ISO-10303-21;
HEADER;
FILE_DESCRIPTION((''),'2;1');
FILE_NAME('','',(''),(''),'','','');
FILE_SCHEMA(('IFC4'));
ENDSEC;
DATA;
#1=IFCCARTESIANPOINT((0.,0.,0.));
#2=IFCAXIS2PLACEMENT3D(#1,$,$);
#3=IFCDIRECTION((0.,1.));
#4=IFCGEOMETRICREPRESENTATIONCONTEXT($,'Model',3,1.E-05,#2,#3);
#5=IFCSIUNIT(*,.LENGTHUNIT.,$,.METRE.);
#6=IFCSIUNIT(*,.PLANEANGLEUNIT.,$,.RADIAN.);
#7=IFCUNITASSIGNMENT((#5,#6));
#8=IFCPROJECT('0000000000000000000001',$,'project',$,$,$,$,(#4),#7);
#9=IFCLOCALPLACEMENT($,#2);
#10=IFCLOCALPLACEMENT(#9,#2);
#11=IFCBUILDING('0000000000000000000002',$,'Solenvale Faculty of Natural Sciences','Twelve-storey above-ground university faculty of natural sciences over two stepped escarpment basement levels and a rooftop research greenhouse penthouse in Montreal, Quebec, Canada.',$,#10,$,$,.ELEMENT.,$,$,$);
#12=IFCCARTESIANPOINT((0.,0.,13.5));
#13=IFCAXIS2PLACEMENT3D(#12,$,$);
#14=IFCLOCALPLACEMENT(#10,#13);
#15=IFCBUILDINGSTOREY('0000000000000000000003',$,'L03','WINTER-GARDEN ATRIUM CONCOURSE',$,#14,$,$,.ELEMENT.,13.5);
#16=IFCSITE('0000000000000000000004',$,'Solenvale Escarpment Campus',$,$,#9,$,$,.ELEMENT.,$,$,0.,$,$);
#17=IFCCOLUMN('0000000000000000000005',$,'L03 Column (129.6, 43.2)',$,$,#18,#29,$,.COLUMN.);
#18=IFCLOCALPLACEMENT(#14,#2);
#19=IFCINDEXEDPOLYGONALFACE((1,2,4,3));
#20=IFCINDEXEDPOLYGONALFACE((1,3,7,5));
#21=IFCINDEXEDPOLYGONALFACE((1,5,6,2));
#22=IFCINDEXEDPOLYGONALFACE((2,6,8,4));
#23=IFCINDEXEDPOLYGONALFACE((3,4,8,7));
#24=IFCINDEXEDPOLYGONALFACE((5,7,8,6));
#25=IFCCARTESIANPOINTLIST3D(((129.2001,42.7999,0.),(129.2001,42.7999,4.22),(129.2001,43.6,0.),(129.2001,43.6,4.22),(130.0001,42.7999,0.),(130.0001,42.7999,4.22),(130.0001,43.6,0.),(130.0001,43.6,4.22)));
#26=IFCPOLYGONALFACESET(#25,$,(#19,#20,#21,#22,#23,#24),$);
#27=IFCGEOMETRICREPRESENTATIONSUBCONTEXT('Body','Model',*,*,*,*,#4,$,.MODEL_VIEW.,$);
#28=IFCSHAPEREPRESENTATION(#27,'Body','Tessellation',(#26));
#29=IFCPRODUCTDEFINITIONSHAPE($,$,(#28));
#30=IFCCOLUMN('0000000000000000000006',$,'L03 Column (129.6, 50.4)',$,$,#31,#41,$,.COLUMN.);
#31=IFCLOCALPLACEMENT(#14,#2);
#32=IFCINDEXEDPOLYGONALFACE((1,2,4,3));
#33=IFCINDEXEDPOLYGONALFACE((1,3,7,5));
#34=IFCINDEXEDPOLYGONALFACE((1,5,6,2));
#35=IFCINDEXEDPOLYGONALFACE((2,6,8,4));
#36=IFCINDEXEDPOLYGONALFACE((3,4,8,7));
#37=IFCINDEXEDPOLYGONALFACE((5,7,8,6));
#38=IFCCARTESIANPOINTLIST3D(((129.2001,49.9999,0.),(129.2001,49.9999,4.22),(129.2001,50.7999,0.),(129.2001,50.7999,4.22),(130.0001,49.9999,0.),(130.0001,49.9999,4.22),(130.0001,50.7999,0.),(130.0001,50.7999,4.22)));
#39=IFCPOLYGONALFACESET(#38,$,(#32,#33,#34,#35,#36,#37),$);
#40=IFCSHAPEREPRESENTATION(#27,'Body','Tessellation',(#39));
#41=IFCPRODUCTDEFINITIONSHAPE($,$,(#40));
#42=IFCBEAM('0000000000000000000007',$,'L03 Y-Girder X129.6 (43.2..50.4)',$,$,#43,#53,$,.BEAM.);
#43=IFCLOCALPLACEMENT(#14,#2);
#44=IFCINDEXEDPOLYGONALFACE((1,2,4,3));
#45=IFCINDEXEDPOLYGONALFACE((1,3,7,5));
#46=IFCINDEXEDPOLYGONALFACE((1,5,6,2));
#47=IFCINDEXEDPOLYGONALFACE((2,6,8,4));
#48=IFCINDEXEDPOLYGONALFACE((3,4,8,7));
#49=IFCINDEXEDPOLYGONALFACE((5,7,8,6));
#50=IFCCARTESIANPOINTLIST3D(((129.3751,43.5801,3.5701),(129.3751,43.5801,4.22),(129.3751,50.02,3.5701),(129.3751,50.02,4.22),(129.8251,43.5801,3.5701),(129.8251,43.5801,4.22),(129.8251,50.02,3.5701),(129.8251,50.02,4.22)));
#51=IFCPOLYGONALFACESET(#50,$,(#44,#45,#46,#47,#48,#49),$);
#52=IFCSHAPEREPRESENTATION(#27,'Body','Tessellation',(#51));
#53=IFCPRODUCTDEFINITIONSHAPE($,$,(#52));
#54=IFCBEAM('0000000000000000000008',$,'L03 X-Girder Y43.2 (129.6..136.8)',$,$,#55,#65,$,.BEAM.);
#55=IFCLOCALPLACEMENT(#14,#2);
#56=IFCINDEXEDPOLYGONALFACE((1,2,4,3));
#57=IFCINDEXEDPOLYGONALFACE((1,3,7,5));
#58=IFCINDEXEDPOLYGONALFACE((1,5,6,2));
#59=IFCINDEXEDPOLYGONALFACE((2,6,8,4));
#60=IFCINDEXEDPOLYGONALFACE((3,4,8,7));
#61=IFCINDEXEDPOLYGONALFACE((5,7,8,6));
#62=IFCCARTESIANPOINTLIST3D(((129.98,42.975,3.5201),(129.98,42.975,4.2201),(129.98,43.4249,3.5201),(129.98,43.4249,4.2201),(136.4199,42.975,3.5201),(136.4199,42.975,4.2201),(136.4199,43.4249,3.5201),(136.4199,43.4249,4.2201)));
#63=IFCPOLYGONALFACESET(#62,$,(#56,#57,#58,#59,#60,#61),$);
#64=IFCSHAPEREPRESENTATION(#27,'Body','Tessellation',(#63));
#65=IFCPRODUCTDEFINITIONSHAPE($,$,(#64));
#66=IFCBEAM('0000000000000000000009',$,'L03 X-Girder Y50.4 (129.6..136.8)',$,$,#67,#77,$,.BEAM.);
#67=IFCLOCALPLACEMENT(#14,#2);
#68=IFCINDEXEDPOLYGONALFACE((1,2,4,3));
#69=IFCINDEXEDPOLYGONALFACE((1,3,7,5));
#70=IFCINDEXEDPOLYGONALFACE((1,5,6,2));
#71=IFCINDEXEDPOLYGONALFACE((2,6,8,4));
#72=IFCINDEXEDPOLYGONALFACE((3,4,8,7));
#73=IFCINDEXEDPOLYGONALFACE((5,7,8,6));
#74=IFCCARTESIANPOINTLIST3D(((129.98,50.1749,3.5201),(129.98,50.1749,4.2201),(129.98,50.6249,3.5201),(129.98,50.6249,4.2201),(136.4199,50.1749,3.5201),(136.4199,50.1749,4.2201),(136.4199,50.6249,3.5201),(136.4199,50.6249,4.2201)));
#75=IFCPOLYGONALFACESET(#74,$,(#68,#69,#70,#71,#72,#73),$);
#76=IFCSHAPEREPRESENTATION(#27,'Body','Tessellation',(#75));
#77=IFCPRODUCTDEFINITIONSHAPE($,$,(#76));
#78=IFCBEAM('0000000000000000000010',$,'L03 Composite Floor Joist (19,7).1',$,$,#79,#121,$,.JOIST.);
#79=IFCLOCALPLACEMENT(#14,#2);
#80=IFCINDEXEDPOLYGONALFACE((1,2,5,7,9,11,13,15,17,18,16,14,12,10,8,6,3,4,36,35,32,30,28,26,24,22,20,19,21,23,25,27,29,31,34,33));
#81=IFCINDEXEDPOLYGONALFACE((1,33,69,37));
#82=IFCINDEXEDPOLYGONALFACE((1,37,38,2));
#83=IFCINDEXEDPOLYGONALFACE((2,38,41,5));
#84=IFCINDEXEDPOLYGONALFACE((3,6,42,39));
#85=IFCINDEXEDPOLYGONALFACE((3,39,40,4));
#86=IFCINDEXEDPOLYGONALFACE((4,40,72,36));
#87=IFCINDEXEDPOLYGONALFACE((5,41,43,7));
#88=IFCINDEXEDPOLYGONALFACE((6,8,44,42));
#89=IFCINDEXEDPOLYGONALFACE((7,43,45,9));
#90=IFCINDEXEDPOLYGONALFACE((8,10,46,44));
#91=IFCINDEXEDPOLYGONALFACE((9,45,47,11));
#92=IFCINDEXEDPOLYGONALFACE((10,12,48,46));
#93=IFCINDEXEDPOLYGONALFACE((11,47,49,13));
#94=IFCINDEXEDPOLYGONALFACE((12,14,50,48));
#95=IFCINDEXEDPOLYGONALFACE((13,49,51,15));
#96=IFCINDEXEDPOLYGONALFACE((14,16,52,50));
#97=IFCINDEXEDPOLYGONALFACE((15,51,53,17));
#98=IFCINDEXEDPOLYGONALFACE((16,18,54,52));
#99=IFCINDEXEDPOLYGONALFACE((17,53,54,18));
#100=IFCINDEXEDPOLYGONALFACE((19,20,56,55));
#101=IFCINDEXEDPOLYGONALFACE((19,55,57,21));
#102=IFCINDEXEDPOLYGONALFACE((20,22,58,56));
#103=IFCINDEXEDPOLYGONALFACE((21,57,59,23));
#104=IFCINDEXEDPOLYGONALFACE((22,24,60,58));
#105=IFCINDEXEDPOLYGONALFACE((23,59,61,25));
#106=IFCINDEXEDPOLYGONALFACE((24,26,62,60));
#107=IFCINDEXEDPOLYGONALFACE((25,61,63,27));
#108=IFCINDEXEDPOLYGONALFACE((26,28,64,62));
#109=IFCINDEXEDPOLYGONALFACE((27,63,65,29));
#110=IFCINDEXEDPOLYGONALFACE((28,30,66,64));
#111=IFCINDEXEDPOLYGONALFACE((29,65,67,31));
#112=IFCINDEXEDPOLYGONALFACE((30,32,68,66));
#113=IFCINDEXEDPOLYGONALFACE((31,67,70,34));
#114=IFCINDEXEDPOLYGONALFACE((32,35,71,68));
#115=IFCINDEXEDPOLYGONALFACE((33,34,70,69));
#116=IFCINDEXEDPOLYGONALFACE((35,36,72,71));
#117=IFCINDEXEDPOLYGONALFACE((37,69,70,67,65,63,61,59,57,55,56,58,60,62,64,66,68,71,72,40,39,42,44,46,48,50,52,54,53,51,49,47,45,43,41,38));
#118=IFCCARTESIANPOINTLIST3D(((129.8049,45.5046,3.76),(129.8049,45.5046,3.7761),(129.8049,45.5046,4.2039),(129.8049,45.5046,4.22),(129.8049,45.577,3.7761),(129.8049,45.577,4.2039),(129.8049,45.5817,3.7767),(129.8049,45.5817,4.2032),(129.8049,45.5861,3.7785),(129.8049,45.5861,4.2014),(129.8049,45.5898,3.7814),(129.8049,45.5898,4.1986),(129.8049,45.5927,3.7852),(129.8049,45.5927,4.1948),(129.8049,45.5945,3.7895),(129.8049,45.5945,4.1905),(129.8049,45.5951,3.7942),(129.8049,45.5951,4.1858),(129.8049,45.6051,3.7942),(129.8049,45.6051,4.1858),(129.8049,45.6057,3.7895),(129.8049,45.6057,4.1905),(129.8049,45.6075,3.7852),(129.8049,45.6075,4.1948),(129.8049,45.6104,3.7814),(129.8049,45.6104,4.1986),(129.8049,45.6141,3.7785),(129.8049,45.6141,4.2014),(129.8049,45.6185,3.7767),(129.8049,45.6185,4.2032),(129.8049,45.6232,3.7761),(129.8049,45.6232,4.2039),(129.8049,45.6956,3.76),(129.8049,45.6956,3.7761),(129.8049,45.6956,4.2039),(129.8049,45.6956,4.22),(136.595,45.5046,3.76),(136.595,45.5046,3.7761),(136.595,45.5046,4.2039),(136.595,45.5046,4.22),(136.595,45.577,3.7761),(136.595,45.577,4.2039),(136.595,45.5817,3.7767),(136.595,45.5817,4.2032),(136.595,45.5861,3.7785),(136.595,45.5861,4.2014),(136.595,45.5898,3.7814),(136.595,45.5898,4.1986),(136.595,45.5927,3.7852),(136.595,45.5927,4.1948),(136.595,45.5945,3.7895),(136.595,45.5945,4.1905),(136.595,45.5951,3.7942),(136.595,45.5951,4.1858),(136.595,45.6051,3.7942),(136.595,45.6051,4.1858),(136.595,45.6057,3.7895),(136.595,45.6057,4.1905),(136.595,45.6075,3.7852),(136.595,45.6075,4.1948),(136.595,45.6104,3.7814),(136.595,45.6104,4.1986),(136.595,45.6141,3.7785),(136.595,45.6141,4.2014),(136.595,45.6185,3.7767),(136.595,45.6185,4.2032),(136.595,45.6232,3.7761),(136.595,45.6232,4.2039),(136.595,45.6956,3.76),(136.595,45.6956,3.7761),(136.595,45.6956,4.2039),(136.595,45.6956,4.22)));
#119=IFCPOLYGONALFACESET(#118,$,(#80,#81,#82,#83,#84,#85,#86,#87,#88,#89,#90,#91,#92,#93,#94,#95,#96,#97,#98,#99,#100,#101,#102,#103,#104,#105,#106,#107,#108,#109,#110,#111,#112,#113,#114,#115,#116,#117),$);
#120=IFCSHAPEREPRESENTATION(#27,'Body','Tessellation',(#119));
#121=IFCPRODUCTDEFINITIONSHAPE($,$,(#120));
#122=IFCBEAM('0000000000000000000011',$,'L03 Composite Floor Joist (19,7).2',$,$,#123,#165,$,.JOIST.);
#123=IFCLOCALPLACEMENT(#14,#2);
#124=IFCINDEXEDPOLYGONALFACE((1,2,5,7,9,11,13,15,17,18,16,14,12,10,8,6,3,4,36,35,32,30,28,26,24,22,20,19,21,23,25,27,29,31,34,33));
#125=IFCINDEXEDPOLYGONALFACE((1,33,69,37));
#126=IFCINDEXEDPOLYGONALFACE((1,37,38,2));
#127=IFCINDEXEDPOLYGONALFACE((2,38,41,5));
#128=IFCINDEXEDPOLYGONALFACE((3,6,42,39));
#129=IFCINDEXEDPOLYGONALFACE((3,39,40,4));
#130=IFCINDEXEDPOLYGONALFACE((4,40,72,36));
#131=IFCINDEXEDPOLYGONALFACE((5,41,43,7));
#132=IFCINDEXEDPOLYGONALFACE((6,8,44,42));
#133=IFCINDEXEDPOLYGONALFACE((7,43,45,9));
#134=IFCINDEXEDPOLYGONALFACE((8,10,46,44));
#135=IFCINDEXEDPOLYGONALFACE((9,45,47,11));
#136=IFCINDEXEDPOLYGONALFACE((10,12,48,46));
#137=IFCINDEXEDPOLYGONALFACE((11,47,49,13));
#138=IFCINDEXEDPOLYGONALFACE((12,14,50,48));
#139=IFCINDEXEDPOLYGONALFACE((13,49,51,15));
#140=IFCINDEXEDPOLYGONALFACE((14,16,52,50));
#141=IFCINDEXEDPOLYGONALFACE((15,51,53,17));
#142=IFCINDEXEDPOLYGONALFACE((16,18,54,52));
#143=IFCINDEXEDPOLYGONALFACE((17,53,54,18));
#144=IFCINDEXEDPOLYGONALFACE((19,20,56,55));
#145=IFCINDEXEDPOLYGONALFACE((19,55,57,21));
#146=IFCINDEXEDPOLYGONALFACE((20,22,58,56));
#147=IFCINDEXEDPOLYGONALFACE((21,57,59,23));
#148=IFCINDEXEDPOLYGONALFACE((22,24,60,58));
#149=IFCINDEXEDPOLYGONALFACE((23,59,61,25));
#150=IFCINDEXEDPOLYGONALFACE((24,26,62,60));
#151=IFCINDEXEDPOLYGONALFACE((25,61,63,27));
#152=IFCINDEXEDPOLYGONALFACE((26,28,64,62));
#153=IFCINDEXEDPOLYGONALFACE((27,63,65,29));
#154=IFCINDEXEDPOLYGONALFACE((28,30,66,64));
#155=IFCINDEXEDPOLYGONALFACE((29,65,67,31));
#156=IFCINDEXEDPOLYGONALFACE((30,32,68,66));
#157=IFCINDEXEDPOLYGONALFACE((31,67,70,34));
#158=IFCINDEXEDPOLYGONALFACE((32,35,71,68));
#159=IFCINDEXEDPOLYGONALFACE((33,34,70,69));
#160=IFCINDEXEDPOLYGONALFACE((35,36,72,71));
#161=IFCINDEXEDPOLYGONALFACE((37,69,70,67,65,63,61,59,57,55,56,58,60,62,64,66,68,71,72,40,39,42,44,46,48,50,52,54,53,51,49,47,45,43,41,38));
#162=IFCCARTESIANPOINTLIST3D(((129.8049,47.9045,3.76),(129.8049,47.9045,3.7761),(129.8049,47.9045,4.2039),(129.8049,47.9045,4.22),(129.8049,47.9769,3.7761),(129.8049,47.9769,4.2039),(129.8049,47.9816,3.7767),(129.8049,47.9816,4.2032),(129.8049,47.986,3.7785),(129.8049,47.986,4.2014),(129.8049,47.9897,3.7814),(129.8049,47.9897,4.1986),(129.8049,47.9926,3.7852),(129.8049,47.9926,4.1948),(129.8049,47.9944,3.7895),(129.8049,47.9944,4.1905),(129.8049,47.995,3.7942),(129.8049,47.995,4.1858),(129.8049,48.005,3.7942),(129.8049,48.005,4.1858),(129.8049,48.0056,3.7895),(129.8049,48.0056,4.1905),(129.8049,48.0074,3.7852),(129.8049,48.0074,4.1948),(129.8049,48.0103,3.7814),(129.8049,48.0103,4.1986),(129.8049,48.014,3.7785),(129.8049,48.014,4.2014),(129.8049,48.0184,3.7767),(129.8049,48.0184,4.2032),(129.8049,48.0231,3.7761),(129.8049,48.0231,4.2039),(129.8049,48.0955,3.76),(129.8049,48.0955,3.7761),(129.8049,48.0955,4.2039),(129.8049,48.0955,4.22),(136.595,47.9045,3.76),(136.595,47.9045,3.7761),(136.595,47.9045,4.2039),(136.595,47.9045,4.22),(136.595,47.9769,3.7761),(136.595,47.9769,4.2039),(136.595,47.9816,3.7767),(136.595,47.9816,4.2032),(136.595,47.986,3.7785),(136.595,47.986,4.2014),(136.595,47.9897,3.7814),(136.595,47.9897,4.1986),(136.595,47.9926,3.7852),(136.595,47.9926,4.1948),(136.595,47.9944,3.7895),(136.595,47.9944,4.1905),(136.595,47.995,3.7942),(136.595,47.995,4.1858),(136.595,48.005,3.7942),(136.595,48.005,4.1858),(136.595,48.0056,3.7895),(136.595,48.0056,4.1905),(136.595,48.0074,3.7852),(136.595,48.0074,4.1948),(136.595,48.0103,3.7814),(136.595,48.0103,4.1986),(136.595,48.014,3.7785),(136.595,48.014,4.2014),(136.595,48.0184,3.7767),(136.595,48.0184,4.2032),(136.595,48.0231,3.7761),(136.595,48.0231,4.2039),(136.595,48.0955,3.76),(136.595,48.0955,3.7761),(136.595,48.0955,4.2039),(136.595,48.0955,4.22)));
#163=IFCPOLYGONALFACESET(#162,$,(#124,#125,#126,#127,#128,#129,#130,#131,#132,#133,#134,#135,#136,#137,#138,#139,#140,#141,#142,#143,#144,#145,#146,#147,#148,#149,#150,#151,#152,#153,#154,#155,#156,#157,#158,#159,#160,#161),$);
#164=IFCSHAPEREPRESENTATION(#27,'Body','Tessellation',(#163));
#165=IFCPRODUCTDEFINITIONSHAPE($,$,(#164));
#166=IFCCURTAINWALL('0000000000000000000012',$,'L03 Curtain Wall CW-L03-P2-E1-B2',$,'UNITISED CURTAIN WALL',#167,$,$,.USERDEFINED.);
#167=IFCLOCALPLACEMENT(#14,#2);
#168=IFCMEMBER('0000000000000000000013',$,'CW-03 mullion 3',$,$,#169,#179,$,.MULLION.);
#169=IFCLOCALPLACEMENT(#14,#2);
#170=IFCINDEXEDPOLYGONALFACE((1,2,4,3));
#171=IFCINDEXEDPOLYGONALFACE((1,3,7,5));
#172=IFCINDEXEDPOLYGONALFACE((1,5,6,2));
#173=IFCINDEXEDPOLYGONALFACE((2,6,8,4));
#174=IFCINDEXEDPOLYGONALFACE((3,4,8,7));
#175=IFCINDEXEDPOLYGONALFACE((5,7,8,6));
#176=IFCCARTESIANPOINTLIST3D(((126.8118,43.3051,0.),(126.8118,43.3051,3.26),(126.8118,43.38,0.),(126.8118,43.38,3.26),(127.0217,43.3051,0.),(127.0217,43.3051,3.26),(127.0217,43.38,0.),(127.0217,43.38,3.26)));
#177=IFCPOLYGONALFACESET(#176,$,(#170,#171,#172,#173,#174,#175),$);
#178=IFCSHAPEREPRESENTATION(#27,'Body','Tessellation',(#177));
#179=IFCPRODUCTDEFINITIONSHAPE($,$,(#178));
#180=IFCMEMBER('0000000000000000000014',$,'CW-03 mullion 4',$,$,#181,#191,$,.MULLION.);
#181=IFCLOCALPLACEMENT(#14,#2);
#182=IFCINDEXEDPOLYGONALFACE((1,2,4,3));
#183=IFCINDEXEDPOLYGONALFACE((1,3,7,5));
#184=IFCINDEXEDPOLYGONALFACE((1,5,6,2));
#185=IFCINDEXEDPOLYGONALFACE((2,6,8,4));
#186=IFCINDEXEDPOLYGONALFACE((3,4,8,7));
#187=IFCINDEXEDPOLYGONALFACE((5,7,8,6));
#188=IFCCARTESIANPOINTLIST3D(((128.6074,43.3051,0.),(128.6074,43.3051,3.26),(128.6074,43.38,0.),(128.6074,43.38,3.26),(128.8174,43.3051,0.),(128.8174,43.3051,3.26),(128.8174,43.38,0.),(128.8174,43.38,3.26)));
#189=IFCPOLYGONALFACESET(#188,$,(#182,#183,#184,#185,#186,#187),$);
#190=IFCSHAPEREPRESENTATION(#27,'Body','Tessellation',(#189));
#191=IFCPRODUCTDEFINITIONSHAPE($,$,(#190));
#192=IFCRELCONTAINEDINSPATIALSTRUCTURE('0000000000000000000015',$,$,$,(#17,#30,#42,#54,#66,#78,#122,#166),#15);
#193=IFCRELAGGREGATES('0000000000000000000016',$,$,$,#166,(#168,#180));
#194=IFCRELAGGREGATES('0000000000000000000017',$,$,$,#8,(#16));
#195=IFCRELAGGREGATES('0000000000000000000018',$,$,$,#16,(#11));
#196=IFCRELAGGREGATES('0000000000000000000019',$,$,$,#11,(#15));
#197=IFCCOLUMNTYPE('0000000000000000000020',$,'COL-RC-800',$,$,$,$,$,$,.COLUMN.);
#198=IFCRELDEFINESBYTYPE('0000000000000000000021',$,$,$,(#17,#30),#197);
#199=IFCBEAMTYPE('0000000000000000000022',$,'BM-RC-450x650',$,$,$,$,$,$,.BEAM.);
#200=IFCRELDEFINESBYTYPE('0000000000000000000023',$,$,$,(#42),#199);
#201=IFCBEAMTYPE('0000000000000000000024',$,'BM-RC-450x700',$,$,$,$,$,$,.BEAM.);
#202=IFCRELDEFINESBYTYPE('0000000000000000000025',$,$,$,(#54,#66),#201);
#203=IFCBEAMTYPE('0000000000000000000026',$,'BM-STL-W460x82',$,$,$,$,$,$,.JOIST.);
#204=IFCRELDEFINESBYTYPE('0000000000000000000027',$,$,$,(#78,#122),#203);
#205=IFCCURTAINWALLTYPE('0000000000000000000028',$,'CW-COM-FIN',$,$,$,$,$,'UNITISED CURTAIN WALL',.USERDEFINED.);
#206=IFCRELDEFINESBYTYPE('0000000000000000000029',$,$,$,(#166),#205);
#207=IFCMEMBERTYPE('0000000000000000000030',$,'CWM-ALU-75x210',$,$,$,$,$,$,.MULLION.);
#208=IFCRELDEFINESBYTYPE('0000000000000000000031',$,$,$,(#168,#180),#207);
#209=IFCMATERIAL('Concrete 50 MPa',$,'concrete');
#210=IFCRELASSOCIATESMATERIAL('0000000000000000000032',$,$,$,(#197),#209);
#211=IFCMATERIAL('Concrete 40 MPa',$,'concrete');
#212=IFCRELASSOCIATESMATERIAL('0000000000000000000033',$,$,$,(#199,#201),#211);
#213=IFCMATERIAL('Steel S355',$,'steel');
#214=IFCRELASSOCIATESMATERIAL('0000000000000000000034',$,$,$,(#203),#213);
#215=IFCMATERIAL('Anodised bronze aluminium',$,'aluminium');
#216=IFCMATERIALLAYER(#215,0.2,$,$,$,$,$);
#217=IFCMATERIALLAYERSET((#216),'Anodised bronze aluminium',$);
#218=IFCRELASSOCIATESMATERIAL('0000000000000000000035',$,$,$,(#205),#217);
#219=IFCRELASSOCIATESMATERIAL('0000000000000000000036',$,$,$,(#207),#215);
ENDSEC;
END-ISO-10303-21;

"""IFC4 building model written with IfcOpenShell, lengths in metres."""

from ifc_helpers import new_model, si_unit, direction, frame, origin, origin_2d, place, context, subcontext, project, spatial, rectangle, i_section, extrude, material, layer, layer_set, material_profile, profile_set, type_object, element, aggregate, save


model = new_model("IFC4")

# Units and contexts
model_context = context("Model", 3, precision=1e-05, world=origin(), true_north=direction((0.0, 1.0)))
body_context = subcontext(model_context, "Body", "Model", "MODEL_VIEW")
ifc_project = project(units=[si_unit("LENGTHUNIT", "METRE"), si_unit("PLANEANGLEUNIT", "RADIAN")], contexts=[model_context])

# Site, building, storey
site_placement = place(None, origin())
site = spatial("IfcSite", under=ifc_project, at=site_placement, Name="Solenvale Escarpment Campus", CompositionType="ELEMENT", RefElevation=0.0)
building_placement = place(site_placement, origin())
building = spatial("IfcBuilding", under=site, at=building_placement, Name="Solenvale Faculty of Natural Sciences", Description="Twelve-storey above-ground university faculty of natural sciences over two stepped escarpment basement levels and a rooftop research greenhouse penthouse in Montreal, Quebec, Canada.", CompositionType="ELEMENT")
storey_placement = place(building_placement, frame((0.0, 0.0, 13.5)))
storey = spatial("IfcBuildingStorey", under=building, at=storey_placement, Name="L03", Description="WINTER-GARDEN ATRIUM CONCOURSE", CompositionType="ELEMENT", Elevation=13.5)

# Columns
ifc_material_1 = material(Name="Concrete 50 MPa", Category="concrete")
ifc_material_profile_1 = material_profile(ifc_material_1, rectangle(XDim=0.8, YDim=0.8, at=origin_2d()), Name="RC-COL-800x800")
ifc_profile_set_1 = profile_set([ifc_material_profile_1], Name="Concrete 50 MPa")
column_type = type_object("IfcColumnType", Name="COL-RC-800", PredefinedType="COLUMN", material=ifc_profile_set_1)
for number, where, z_axis, x_axis, name in (
    (1, (129.6001, 43.2, 0.0), (0.0, 0.0, 1.0), (1.0, 0.0, 0.0), "L03 Column (129.6, 43.2)"),
    (2, (129.6001, 50.3999, 0.0), (0.0, 0.0, 1.0), (1.0, 0.0, 0.0), "L03 Column (129.6, 50.4)"),
):
    element("IfcColumn", number, at=place(storey_placement, frame(where, z_axis=z_axis, x_axis=x_axis)), inside=storey, type_object=column_type, Name=name, PredefinedType="COLUMN", context=body_context, shape_type="SweptSolid", body=[
        extrude(rectangle(XDim=0.8, YDim=0.8, at=origin_2d()), origin(), (0.0, 0.0, 1.0), 4.22),
    ])

# Beams
ifc_material_2 = material(Name="Concrete 40 MPa", Category="concrete")
ifc_material_profile_2 = material_profile(ifc_material_2, rectangle(XDim=0.45, YDim=0.6499, at=origin_2d()), Name="RC-BM-450x650")
ifc_profile_set_2 = profile_set([ifc_material_profile_2], Name="Concrete 40 MPa")
beam_type_1 = type_object("IfcBeamType", Name="BM-RC-450x650", PredefinedType="BEAM", material=ifc_profile_set_2)
beam_placement = place(storey_placement, frame((129.6001, 43.5801, 3.895), z_axis=(0.0, 1.0, 0.0), x_axis=(-1.0, 0.0, 0.0)))
element("IfcBeam", 3, at=beam_placement, inside=storey, type_object=beam_type_1, Name="L03 Y-Girder X129.6 (43.2..50.4)", PredefinedType="BEAM", context=body_context, shape_type="SweptSolid", body=[
    extrude(rectangle(XDim=0.45, YDim=0.6499, at=origin_2d()), origin(), (0.0, 0.0, 1.0), 6.4399),
])
ifc_material_profile_3 = material_profile(ifc_material_2, rectangle(XDim=0.45, YDim=0.7, at=origin_2d()), Name="RC-BM-450x700")
ifc_profile_set_3 = profile_set([ifc_material_profile_3], Name="Concrete 40 MPa")
beam_type_2 = type_object("IfcBeamType", Name="BM-RC-450x700", PredefinedType="BEAM", material=ifc_profile_set_3)
for number, where, z_axis, x_axis, name in (
    (4, (129.98, 43.2, 3.8701), (1.0, 0.0, 0.0), (0.0, 1.0, 0.0), "L03 X-Girder Y43.2 (129.6..136.8)"),
    (5, (129.98, 50.3999, 3.8701), (1.0, 0.0, 0.0), (0.0, 1.0, 0.0), "L03 X-Girder Y50.4 (129.6..136.8)"),
):
    element("IfcBeam", number, at=place(storey_placement, frame(where, z_axis=z_axis, x_axis=x_axis)), inside=storey, type_object=beam_type_2, Name=name, PredefinedType="BEAM", context=body_context, shape_type="SweptSolid", body=[
        extrude(rectangle(XDim=0.45, YDim=0.7, at=origin_2d()), origin(), (0.0, 0.0, 1.0), 6.4399),
    ])
ifc_material_3 = material(Name="Steel S355", Category="steel")
ifc_material_profile_4 = material_profile(ifc_material_3, i_section(OverallWidth=0.1909, OverallDepth=0.46, WebThickness=0.01, FlangeThickness=0.0161, FilletRadius=0.0181, at=origin_2d()), Name="W460x82")
ifc_profile_set_4 = profile_set([ifc_material_profile_4], Name="Steel S355")
beam_type_3 = type_object("IfcBeamType", Name="BM-STL-W460x82", PredefinedType="JOIST", material=ifc_profile_set_4)
for number, where, z_axis, x_axis, name in (
    (6, (129.8049, 45.6001, 3.99), (1.0, 0.0, 0.0), (0.0, 1.0, 0.0), "L03 Composite Floor Joist (19,7).1"),
    (7, (129.8049, 48.0, 3.99), (1.0, 0.0, 0.0), (0.0, 1.0, 0.0), "L03 Composite Floor Joist (19,7).2"),
):
    element("IfcBeam", number, at=place(storey_placement, frame(where, z_axis=z_axis, x_axis=x_axis)), inside=storey, type_object=beam_type_3, Name=name, PredefinedType="JOIST", context=body_context, shape_type="SweptSolid", body=[
        extrude(i_section(OverallWidth=0.1909, OverallDepth=0.46, WebThickness=0.01, FlangeThickness=0.0161, FilletRadius=0.0181, at=origin_2d()), origin(), (0.0, 0.0, 1.0), 6.79),
    ])

# Curtain wall, members
ifc_material_4 = material(Name="Anodised bronze aluminium", Category="aluminium")
ifc_layer_1 = layer(ifc_material_4, 0.2)
ifc_layer_set_1 = layer_set([ifc_layer_1], Name="Anodised bronze aluminium")
curtain_wall_type = type_object("IfcCurtainWallType", Name="CW-COM-FIN", ElementType="UNITISED CURTAIN WALL", PredefinedType="USERDEFINED", material=ifc_layer_set_1)
curtain_wall_placement = place(storey_placement, origin())
curtain_wall = element("IfcCurtainWall", 8, at=curtain_wall_placement, inside=storey, type_object=curtain_wall_type, Name="L03 Curtain Wall CW-L03-P2-E1-B2", ObjectType="UNITISED CURTAIN WALL", PredefinedType="USERDEFINED")
ifc_material_profile_5 = material_profile(ifc_material_4, rectangle(XDim=0.075, YDim=0.21, at=origin_2d()), Name="ALU-MUL-75x210")
ifc_profile_set_5 = profile_set([ifc_material_profile_5], Name="Anodised bronze aluminium")
member_type_1 = type_object("IfcMemberType", Name="CWM-ALU-75x210", PredefinedType="MULLION", material=ifc_profile_set_5)
member_1_placement = place(storey_placement, frame((126.9167, 43.3425, 0.0), z_axis=(0.0, 0.0, 1.0), x_axis=(0.0, 1.0, 0.0)))
member_1 = element("IfcMember", 9, at=member_1_placement, type_object=member_type_1, Name="CW-03 mullion 3", PredefinedType="MULLION", context=body_context, shape_type="SweptSolid", body=[
    extrude(rectangle(XDim=0.075, YDim=0.21, at=origin_2d()), origin(), (0.0, 0.0, 1.0), 3.26),
])
member_2_placement = place(storey_placement, frame((128.7124, 43.3425, 0.0), z_axis=(0.0, 0.0, 1.0), x_axis=(0.0, 1.0, 0.0)))
member_2 = element("IfcMember", 10, at=member_2_placement, type_object=member_type_1, Name="CW-03 mullion 4", PredefinedType="MULLION", context=body_context, shape_type="SweptSolid", body=[
    extrude(rectangle(XDim=0.075, YDim=0.21, at=origin_2d()), origin(), (0.0, 0.0, 1.0), 3.26),
])
aggregate(curtain_wall, [member_1, member_2])

save(model, "model.ifc")
